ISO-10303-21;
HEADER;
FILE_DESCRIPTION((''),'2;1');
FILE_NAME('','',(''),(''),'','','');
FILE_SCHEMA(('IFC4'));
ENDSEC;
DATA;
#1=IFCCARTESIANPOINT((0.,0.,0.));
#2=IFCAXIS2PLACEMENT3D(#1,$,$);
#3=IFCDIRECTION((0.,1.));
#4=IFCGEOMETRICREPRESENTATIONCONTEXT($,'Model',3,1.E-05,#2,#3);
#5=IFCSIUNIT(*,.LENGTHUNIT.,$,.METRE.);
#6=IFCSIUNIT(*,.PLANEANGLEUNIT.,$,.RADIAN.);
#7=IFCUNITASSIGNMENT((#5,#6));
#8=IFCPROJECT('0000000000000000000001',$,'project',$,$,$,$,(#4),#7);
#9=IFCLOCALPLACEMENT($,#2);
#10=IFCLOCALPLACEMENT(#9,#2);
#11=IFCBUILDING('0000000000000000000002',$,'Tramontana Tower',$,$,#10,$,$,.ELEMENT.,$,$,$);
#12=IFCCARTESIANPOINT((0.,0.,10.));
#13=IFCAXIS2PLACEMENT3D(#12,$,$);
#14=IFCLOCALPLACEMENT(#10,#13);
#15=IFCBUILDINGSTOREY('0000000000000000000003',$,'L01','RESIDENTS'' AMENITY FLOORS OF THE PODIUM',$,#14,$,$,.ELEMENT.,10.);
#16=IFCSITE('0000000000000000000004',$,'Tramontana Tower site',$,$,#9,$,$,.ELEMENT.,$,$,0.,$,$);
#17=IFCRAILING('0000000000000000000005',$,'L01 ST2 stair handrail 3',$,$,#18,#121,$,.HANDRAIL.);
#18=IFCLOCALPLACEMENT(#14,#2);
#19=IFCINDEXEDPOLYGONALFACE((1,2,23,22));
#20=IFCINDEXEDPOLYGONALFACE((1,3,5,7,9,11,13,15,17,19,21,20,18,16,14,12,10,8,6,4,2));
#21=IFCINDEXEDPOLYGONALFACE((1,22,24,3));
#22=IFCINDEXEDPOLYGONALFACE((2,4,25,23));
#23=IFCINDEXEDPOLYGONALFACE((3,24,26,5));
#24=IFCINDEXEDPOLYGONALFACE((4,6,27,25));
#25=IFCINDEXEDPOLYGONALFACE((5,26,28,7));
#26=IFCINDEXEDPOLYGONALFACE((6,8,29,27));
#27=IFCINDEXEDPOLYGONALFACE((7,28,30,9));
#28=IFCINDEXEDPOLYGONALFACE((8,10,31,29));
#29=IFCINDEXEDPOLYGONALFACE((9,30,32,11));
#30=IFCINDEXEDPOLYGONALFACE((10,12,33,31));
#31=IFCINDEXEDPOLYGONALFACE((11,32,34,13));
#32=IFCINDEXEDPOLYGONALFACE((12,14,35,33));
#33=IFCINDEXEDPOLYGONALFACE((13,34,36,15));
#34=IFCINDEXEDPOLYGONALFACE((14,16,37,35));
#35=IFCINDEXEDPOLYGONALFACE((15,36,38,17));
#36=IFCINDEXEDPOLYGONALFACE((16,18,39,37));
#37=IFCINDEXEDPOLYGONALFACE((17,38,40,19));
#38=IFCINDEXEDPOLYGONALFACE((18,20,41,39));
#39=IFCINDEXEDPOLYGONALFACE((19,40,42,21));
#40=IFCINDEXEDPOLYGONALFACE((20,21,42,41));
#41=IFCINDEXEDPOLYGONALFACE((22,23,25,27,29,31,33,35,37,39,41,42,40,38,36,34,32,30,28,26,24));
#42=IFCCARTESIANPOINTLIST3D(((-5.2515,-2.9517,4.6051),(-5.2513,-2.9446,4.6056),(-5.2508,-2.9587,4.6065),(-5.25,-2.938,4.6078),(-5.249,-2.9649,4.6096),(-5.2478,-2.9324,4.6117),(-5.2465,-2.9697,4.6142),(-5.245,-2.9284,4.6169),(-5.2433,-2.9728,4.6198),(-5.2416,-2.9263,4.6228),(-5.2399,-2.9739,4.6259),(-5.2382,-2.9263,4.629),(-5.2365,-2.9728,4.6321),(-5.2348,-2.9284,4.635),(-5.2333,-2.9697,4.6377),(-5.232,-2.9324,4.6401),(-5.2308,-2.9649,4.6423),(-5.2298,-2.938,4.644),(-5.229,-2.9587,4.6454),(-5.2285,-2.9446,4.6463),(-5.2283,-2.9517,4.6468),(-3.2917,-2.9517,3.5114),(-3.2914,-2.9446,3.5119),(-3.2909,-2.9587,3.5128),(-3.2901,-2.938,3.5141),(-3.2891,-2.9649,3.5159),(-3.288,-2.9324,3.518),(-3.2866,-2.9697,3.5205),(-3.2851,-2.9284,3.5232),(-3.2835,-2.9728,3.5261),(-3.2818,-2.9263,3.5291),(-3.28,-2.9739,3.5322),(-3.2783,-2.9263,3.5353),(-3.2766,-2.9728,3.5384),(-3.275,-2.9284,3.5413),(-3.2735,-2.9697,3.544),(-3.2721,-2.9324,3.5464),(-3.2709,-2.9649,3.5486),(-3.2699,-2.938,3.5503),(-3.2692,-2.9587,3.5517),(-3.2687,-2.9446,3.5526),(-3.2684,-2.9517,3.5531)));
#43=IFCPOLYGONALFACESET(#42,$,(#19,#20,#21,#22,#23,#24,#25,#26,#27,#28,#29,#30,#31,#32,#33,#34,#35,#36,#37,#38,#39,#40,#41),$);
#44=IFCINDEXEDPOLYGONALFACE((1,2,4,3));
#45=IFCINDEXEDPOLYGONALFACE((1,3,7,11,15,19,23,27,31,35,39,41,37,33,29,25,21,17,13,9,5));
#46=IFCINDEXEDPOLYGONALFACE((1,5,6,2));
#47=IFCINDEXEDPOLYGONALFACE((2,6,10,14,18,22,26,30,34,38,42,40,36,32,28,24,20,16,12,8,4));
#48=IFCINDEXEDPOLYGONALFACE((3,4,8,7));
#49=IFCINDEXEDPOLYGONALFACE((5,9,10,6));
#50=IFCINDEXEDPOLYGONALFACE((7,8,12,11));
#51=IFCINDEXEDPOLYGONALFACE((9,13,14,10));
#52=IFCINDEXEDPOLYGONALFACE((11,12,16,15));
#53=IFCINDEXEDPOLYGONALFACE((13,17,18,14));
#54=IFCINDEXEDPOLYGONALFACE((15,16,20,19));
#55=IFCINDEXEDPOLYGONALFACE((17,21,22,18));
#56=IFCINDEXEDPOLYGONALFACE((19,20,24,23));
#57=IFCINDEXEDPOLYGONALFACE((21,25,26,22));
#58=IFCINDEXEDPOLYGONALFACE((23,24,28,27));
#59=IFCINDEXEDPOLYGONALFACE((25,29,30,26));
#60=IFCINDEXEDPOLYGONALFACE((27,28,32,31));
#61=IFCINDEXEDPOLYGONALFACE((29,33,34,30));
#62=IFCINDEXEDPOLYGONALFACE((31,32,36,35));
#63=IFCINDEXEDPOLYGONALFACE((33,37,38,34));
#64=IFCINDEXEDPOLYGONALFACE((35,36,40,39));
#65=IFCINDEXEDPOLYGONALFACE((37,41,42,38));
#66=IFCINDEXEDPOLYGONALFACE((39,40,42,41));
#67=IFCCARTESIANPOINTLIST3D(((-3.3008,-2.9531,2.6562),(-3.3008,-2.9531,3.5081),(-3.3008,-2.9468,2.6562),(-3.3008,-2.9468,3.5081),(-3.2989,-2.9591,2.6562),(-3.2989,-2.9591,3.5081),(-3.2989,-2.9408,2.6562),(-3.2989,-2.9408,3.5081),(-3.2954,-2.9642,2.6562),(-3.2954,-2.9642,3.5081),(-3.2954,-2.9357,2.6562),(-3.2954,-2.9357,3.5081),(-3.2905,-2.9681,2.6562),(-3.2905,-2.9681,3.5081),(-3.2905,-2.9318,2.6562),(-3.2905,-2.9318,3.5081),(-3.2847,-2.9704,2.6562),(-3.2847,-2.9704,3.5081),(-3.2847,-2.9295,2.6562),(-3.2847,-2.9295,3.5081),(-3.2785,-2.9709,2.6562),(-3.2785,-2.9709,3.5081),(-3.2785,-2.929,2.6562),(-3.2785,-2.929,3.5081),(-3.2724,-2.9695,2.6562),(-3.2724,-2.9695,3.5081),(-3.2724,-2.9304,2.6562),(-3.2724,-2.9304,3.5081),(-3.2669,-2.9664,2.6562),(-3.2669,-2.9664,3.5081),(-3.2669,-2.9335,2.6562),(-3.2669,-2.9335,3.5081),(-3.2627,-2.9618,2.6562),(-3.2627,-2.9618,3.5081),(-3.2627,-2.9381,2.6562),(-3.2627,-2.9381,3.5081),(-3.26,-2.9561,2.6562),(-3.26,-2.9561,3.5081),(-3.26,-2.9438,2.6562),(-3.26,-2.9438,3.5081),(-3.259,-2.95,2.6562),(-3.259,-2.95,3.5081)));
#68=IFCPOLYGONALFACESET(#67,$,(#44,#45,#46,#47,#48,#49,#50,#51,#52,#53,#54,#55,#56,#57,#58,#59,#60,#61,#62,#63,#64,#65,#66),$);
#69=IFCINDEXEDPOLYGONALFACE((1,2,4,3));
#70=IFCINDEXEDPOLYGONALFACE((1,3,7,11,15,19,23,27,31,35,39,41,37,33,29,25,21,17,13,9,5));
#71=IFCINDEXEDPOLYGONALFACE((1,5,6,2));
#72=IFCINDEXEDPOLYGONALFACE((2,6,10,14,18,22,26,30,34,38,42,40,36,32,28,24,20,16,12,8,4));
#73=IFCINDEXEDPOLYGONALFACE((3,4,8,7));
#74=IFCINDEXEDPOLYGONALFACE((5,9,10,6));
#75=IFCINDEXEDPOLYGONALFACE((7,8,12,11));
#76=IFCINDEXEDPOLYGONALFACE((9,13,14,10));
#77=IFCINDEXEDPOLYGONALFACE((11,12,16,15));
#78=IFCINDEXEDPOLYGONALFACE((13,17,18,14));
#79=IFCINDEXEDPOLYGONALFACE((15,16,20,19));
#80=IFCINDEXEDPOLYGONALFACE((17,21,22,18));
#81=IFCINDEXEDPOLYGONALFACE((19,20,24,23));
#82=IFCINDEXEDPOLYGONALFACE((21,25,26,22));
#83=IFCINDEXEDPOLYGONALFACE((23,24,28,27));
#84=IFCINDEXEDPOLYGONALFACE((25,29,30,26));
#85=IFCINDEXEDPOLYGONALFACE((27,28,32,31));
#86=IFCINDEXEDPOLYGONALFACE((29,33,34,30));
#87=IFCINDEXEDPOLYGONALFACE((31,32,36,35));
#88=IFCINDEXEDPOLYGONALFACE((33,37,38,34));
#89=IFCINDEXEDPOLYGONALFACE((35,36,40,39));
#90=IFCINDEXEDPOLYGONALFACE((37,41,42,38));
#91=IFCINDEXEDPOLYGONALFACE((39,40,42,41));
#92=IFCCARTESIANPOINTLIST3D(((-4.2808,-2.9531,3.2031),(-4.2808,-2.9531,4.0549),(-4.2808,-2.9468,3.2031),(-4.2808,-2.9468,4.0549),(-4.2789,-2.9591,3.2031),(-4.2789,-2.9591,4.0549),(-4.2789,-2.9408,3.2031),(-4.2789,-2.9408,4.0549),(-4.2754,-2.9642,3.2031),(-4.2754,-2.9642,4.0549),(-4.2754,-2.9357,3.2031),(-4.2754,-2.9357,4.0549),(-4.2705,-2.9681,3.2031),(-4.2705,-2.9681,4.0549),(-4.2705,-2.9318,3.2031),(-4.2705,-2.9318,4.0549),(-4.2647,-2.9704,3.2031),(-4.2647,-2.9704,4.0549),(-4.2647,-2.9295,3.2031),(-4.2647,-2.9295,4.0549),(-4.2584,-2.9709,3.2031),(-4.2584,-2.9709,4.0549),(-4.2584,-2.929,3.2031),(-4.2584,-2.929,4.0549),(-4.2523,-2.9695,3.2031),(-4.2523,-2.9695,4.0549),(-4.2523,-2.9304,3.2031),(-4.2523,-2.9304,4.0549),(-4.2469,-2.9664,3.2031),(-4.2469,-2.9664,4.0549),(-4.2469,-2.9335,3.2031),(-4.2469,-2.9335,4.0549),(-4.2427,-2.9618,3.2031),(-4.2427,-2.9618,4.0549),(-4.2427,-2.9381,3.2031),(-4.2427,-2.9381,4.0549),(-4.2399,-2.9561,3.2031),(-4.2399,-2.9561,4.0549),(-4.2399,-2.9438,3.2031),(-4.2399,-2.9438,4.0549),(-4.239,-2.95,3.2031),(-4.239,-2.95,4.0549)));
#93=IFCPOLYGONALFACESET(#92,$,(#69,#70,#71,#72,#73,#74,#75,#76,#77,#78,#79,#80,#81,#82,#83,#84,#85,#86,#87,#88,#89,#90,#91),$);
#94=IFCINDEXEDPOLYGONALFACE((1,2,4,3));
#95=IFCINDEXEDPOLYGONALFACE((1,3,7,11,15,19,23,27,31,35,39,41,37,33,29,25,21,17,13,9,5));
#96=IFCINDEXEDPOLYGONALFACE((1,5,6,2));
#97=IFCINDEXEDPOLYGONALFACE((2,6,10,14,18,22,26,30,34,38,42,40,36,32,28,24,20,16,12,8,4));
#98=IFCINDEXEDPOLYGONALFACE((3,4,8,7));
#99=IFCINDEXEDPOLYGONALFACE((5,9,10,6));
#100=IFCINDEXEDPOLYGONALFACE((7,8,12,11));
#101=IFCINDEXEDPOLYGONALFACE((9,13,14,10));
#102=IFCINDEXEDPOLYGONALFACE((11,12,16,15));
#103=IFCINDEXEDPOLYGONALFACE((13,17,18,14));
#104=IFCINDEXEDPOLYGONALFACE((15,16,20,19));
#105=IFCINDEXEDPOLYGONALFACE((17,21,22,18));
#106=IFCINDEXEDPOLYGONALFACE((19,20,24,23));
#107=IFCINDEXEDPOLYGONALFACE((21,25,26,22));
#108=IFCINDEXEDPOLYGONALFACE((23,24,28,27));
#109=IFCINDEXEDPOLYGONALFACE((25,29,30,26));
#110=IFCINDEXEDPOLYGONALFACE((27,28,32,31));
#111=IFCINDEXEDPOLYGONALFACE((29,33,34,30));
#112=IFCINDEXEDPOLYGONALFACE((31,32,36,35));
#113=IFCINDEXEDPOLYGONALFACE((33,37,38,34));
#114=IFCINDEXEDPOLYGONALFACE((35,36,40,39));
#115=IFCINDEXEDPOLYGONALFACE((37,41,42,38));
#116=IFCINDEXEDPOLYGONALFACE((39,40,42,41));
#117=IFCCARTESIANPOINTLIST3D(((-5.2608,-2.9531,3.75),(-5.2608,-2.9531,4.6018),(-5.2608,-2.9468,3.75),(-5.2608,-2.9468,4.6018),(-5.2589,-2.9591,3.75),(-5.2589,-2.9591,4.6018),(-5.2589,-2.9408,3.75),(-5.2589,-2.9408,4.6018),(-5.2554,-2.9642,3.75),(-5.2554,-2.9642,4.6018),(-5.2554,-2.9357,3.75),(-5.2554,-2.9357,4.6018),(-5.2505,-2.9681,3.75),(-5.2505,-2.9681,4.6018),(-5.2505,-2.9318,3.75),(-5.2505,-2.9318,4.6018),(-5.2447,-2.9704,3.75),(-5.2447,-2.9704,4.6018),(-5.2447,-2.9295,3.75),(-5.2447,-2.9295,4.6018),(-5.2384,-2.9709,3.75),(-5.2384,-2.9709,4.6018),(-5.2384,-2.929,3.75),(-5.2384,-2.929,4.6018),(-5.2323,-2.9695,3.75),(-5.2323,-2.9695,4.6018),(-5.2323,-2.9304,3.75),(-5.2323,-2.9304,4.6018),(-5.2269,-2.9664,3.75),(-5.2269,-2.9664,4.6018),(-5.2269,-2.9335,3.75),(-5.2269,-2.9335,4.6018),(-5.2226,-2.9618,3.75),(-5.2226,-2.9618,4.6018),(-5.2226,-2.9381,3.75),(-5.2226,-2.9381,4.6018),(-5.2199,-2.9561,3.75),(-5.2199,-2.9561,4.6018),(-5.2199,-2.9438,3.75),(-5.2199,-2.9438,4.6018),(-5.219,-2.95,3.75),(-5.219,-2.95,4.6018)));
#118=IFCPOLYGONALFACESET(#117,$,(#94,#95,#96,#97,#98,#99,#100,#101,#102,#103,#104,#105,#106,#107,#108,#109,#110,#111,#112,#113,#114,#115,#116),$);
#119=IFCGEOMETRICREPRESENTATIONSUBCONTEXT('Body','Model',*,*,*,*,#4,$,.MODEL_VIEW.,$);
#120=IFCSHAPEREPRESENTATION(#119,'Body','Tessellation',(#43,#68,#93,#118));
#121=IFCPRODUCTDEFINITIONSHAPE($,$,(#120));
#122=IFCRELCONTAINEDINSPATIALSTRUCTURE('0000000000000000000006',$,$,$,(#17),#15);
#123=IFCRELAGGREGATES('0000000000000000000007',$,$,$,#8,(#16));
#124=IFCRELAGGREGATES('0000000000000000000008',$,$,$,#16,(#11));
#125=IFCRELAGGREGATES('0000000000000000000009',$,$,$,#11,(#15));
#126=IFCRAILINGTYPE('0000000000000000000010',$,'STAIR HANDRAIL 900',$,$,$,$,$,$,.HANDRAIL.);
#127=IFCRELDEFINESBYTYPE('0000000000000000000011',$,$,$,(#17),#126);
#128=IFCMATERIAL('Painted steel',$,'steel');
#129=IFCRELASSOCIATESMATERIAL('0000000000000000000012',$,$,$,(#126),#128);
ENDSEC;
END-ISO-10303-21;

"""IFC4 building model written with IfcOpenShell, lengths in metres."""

from ifc_helpers import new_model, si_unit, direction, frame, origin, origin_2d, place, context, subcontext, project, spatial, circle, extrude, material, type_object, element, save


model = new_model("IFC4")

# Units and contexts
model_context = context("Model", 3, precision=1e-05, world=origin(), true_north=direction((0.0, 1.0)))
body_context = subcontext(model_context, "Body", "Model", "MODEL_VIEW")
ifc_project = project(units=[si_unit("LENGTHUNIT", "METRE"), si_unit("PLANEANGLEUNIT", "RADIAN")], contexts=[model_context])

# Site, building, storey
site_placement = place(None, origin())
site = spatial("IfcSite", under=ifc_project, at=site_placement, Name="Tramontana Tower site", CompositionType="ELEMENT", RefElevation=0.0)
building_placement = place(site_placement, origin())
building = spatial("IfcBuilding", under=site, at=building_placement, Name="Tramontana Tower", CompositionType="ELEMENT")
storey_placement = place(building_placement, frame((0.0, 0.0, 10.0)))
storey = spatial("IfcBuildingStorey", under=building, at=storey_placement, Name="L01", Description="RESIDENTS' AMENITY FLOORS OF THE PODIUM", CompositionType="ELEMENT", Elevation=10.0)

# Railing
ifc_material_1 = material(Name="Painted steel", Category="steel")
railing_type_1 = type_object("IfcRailingType", Name="STAIR HANDRAIL 900", PredefinedType="HANDRAIL", material=ifc_material_1)
railing_1_placement = place(storey_placement, frame((-3.28, -2.95, 2.6562)))
element("IfcRailing", 1, at=railing_1_placement, inside=storey, type_object=railing_type_1, Name="L01 ST2 stair handrail 3", PredefinedType="HANDRAIL", context=body_context, shape_type="SweptSolid", body=[
    extrude(circle(Radius=0.0239, at=origin_2d()), frame((0.0, 0.0, 0.876), z_axis=(-0.873232, 0.0, 0.487304), x_axis=(0.0, -1.0, 0.0)), (0.0, 0.0, 1.0), 2.2444),
    extrude(circle(Radius=0.021, at=origin_2d()), origin(), (0.0, 0.0, 1.0), 0.8518),
    extrude(circle(Radius=0.021, at=origin_2d()), frame((-0.98, 0.0, 0.5469)), (0.0, 0.0, 1.0), 0.8518),
    extrude(circle(Radius=0.021, at=origin_2d()), frame((-1.96, 0.0, 1.0938)), (0.0, 0.0, 1.0), 0.8518),
])

save(model, "model.ifc")
